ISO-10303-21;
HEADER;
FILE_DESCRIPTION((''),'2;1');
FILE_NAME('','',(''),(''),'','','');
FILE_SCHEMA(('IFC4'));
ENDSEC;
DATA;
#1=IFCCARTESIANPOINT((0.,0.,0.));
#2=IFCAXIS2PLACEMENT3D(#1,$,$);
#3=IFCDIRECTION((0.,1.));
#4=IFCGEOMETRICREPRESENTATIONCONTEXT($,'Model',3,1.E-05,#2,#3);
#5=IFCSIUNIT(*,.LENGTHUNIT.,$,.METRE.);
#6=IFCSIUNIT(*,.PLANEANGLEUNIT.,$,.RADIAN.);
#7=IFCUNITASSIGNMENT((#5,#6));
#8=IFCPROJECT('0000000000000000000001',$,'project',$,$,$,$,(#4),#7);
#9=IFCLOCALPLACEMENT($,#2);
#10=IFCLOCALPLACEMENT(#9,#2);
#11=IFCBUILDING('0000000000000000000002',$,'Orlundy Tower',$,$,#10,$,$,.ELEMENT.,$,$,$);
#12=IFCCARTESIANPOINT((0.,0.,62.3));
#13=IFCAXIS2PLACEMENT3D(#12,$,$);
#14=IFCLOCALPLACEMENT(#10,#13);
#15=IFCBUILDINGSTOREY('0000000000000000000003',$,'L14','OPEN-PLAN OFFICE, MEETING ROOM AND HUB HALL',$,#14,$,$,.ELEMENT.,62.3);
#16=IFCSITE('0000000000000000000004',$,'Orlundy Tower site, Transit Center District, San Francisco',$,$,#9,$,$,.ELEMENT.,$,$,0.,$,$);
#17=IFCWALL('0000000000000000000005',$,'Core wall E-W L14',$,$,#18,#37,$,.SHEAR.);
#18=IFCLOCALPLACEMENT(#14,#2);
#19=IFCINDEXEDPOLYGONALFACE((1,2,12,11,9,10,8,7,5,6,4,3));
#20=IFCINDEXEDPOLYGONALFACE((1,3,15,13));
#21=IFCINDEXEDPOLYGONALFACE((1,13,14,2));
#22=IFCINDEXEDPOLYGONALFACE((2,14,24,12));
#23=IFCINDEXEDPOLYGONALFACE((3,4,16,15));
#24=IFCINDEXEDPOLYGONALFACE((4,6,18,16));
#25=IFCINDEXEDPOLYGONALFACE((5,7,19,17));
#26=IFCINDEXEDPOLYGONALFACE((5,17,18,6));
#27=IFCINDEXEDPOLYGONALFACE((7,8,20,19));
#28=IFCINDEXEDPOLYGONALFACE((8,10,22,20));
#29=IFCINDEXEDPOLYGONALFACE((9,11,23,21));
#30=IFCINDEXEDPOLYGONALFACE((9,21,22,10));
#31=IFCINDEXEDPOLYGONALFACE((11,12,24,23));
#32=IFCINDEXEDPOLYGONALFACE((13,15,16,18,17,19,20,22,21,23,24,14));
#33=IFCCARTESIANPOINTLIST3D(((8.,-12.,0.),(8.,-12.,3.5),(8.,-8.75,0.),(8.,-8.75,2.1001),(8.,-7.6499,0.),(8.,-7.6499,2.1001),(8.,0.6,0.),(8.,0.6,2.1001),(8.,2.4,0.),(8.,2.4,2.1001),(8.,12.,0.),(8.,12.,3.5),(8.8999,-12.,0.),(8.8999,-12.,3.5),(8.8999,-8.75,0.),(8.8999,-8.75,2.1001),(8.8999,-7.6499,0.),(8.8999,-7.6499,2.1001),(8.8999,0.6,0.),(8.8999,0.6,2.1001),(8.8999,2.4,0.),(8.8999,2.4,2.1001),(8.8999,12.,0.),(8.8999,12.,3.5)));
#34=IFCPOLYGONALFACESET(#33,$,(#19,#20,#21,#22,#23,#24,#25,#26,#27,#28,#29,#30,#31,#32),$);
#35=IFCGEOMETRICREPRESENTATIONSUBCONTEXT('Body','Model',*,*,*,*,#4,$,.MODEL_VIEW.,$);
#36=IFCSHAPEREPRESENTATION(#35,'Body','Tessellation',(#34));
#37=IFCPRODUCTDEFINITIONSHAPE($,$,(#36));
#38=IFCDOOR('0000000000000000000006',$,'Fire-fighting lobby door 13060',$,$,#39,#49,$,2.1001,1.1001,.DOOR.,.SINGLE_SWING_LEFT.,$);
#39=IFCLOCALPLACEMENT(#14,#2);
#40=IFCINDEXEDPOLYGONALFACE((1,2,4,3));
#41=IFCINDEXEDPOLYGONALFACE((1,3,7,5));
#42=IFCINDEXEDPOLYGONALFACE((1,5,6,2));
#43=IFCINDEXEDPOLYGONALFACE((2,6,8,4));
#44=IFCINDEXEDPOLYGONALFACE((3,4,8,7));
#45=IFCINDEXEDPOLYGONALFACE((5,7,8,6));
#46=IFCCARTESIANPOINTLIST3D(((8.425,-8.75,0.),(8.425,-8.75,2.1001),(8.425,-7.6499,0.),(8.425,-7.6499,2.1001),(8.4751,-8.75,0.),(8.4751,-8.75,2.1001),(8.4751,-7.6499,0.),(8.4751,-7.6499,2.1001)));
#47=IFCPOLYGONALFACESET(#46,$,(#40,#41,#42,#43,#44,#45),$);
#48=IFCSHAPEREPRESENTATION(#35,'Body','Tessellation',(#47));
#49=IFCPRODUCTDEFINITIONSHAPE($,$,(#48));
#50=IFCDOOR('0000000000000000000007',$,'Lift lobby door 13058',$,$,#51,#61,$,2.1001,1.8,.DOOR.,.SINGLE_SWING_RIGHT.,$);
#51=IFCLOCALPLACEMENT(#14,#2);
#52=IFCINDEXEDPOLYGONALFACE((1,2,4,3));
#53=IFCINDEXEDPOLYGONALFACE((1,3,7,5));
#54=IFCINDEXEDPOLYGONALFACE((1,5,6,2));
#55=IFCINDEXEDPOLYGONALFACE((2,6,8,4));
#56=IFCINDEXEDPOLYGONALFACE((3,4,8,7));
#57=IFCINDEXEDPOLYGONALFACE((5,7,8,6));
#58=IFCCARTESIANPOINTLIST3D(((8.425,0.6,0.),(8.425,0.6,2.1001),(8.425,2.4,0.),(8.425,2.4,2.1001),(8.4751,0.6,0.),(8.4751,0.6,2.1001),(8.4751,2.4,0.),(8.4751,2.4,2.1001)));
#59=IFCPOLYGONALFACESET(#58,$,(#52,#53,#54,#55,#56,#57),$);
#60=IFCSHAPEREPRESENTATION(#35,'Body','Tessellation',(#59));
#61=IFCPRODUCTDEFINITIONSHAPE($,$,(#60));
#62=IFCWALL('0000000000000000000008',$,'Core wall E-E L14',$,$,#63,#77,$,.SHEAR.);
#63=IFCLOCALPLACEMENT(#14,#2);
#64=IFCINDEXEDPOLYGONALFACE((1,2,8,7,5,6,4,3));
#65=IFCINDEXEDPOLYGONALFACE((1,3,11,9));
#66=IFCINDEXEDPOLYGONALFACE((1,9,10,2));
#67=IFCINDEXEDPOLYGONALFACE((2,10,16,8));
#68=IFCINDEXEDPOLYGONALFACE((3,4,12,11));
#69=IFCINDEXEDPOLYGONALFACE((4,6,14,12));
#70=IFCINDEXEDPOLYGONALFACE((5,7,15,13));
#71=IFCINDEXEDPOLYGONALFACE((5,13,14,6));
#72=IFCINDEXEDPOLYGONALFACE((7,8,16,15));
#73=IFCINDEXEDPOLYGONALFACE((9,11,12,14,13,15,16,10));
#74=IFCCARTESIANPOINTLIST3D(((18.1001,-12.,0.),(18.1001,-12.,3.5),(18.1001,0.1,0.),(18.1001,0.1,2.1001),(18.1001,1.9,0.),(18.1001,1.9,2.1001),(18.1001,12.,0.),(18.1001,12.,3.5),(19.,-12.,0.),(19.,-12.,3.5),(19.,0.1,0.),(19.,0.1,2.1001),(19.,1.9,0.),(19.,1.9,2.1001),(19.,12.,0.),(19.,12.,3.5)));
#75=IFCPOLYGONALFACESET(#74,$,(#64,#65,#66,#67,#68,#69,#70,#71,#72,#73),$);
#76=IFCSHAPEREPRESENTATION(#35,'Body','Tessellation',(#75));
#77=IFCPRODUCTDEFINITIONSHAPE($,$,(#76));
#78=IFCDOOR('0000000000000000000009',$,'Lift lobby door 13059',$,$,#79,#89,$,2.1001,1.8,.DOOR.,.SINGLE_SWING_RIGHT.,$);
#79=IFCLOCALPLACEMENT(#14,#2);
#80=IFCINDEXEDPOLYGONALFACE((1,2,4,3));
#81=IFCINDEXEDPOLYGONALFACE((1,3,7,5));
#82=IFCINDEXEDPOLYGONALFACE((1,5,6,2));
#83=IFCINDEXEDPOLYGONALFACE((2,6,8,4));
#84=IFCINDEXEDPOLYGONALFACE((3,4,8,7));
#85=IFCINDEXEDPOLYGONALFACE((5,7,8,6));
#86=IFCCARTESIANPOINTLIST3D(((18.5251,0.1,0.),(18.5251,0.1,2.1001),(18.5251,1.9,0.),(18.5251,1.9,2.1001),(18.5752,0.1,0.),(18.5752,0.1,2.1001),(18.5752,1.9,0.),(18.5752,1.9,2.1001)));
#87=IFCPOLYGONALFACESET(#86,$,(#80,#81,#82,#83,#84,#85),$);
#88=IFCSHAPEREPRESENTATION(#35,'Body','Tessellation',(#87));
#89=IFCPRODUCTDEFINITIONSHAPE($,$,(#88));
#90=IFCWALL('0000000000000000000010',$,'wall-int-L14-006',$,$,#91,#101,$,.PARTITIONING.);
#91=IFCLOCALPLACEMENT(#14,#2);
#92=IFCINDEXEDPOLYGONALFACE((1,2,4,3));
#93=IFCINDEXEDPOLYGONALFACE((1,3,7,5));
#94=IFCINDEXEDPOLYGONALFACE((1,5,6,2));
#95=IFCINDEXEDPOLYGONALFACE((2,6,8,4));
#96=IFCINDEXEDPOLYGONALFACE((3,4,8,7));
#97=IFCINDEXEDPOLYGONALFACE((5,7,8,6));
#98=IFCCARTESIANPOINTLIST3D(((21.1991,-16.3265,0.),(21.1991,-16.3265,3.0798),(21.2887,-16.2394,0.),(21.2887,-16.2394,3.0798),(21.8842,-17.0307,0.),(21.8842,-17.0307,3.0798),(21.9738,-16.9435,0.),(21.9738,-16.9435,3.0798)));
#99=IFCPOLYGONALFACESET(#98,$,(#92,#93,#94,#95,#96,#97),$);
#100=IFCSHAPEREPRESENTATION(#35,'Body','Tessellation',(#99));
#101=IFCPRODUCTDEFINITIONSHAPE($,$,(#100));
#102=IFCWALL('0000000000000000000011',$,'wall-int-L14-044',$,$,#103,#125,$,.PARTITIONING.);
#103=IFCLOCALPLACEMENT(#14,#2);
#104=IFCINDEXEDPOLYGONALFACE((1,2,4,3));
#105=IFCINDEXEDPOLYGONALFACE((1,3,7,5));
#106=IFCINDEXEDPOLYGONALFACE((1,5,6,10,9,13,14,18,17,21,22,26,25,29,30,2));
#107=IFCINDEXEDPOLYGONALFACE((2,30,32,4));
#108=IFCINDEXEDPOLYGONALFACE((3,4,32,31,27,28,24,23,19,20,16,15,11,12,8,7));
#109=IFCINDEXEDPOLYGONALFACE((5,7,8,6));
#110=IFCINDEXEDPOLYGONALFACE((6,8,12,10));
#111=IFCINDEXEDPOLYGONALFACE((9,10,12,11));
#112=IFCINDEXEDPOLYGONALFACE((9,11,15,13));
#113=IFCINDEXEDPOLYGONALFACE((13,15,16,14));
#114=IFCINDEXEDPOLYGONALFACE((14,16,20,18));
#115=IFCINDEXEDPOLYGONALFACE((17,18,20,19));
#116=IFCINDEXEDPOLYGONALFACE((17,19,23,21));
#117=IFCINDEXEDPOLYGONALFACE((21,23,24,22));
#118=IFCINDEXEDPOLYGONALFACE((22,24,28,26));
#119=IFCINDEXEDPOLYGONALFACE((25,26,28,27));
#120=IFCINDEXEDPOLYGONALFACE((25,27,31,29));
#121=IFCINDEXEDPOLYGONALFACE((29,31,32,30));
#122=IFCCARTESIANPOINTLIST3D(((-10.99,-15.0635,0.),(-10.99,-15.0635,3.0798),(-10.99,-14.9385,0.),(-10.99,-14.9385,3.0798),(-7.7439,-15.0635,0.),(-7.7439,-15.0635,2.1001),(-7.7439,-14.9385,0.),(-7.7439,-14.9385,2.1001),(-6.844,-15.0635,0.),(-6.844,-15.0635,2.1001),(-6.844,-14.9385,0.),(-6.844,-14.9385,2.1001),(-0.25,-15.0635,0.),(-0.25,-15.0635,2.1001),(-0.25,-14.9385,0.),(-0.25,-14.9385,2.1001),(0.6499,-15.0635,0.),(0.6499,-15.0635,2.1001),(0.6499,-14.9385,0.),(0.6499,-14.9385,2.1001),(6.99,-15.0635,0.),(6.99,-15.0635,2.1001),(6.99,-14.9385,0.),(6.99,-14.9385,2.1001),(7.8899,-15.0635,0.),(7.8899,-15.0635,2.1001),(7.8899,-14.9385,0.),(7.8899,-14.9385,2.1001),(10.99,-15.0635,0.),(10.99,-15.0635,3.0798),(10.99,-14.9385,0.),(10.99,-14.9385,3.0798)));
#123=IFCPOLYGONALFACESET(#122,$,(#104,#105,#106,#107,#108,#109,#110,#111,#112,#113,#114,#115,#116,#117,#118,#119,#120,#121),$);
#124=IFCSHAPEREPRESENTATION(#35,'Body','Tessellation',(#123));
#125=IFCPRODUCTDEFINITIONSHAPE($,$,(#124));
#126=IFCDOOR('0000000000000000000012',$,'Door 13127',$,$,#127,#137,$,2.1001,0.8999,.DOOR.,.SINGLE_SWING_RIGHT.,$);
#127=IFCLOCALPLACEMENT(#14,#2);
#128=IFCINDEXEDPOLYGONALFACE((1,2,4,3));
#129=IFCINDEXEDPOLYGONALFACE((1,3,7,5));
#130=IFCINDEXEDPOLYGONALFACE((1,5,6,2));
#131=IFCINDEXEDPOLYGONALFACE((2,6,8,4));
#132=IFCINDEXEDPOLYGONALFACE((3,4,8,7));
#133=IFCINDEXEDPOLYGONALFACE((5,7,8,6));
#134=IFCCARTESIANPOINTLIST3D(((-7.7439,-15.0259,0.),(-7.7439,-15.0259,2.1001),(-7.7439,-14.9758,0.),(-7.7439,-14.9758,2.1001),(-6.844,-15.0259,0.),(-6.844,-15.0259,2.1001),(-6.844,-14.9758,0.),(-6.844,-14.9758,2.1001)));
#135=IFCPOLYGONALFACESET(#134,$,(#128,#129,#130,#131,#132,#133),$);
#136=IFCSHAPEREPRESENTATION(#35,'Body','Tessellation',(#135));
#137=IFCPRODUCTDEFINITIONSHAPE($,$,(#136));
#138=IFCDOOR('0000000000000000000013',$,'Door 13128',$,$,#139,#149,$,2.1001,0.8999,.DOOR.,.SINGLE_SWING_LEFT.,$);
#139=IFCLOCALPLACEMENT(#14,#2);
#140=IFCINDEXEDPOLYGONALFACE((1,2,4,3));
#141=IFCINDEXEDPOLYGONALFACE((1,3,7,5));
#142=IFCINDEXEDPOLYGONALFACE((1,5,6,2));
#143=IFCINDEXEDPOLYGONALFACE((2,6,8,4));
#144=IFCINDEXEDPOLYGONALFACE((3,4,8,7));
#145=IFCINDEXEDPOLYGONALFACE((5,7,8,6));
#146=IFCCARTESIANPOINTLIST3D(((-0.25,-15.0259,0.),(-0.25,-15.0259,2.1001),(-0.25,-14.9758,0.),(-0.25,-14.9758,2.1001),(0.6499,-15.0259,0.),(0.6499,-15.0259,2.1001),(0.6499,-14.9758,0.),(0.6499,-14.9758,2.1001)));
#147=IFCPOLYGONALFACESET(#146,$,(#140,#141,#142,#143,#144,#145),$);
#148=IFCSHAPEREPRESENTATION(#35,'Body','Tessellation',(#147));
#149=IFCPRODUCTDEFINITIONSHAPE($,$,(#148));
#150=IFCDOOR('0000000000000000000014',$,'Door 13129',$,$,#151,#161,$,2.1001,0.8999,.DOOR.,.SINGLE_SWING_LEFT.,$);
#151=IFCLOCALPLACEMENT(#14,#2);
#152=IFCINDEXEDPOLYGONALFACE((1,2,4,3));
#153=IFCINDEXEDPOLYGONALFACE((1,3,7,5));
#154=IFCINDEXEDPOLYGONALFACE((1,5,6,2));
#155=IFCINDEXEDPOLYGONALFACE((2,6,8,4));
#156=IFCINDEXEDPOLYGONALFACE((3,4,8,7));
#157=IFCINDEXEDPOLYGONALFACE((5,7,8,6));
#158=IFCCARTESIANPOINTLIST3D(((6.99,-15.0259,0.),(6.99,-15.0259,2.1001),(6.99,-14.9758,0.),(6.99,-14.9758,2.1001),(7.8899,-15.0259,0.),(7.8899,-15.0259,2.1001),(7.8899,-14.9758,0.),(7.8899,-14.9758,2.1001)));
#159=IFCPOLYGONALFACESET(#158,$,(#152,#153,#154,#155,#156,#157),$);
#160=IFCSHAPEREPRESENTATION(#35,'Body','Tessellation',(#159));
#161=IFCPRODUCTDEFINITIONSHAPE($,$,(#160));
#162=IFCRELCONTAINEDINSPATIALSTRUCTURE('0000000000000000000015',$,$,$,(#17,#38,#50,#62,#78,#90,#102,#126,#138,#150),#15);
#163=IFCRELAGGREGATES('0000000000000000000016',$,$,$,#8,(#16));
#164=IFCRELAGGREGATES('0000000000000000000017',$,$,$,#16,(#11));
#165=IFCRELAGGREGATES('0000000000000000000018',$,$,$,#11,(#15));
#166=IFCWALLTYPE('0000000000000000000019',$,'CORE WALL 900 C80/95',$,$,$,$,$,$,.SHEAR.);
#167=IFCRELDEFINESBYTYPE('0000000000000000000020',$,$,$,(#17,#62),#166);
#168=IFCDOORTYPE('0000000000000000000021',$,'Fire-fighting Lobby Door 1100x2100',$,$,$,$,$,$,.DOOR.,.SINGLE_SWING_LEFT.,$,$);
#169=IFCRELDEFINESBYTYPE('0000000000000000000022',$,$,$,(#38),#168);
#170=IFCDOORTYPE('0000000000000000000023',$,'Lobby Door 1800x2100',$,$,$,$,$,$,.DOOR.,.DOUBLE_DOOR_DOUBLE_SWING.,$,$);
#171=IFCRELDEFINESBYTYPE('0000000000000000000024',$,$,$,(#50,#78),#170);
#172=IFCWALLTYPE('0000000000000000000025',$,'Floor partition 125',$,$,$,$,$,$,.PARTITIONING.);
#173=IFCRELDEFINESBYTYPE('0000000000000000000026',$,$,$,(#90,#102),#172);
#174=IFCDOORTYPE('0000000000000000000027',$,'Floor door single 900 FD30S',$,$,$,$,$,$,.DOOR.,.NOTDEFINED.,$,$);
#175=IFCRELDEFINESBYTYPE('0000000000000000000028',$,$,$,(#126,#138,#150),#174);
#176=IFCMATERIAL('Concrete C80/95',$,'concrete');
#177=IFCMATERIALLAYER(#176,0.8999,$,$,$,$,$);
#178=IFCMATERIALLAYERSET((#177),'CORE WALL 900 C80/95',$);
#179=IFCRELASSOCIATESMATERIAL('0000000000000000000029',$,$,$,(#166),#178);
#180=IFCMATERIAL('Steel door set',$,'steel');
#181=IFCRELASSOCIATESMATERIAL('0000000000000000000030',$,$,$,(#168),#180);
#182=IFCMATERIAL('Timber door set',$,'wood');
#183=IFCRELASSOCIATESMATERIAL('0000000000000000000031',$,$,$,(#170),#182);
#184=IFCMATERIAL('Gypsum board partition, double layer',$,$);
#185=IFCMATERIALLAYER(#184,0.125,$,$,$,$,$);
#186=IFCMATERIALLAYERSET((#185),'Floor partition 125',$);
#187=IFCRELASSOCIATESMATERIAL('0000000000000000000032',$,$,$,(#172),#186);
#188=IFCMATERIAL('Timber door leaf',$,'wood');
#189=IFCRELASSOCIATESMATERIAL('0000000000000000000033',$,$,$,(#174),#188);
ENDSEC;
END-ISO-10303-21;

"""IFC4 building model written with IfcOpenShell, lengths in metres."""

from ifc_helpers import new_model, si_unit, direction, frame, frame_2d, origin, place, context, subcontext, project, spatial, rectangle, extrude, material, layer, layer_set, type_object, element, fill, save


model = new_model("IFC4")

# Units and contexts
model_context = context("Model", 3, precision=1e-05, world=origin(), true_north=direction((0.0, 1.0)))
body_context = subcontext(model_context, "Body", "Model", "MODEL_VIEW")
ifc_project = project(units=[si_unit("LENGTHUNIT", "METRE"), si_unit("PLANEANGLEUNIT", "RADIAN")], contexts=[model_context])

# Site, building, storey
site_placement = place(None, origin())
site = spatial("IfcSite", under=ifc_project, at=site_placement, Name="Orlundy Tower site, Transit Center District, San Francisco", CompositionType="ELEMENT", RefElevation=0.0)
building_placement = place(site_placement, origin())
building = spatial("IfcBuilding", under=site, at=building_placement, Name="Orlundy Tower", CompositionType="ELEMENT")
storey_placement = place(building_placement, frame((0.0, 0.0, 62.3)))
storey = spatial("IfcBuildingStorey", under=building, at=storey_placement, Name="L14", Description="OPEN-PLAN OFFICE, MEETING ROOM AND HUB HALL", CompositionType="ELEMENT", Elevation=62.3)

# Shared definitions
ifc_material_1 = material(Name="Concrete C80/95", Category="concrete")
ifc_layer_1 = layer(ifc_material_1, 0.8999)
ifc_layer_set_1 = layer_set([ifc_layer_1], Name="CORE WALL 900 C80/95")
wall_type_1 = type_object("IfcWallType", Name="CORE WALL 900 C80/95", PredefinedType="SHEAR", material=ifc_layer_set_1)

# Wall, openings, doors
wall_1_placement = place(storey_placement, frame((8.45, -12.0, 0.0), z_axis=(0.0, 0.0, 1.0), x_axis=(0.0, 1.0, 0.0)))
wall_1 = element("IfcWall", 1, at=wall_1_placement, inside=storey, type_object=wall_type_1, Name="Core wall E-W L14", PredefinedType="SHEAR", context=body_context, shape_type="SweptSolid", body=[
    extrude(rectangle(XDim=24.0, YDim=0.8999, at=frame_2d((12.0, 0.0))), origin(), (0.0, 0.0, 1.0), 3.5),
])
opening_1_placement = place(wall_1_placement, frame((12.6001, 0.0, 0.0)))
opening_1 = element("IfcOpeningElement", 2, at=opening_1_placement, cuts=wall_1, PredefinedType="OPENING", context=body_context, shape_type="SweptSolid", body=[
    extrude(rectangle(XDim=1.8, YDim=2.1001, at=frame_2d((0.8999, 1.05))), frame((0.0, 0.46, 0.0), z_axis=(0.0, -1.0, 0.0), x_axis=(1.0, 0.0, 0.0)), (0.0, 0.0, 1.0), 0.9199),
])
opening_2_placement = place(wall_1_placement, frame((3.25, 0.0, 0.0)))
opening_2 = element("IfcOpeningElement", 3, at=opening_2_placement, cuts=wall_1, PredefinedType="OPENING", context=body_context, shape_type="SweptSolid", body=[
    extrude(rectangle(XDim=1.1001, YDim=2.1001, at=frame_2d((0.55, 1.05))), frame((0.0, 0.46, 0.0), z_axis=(0.0, -1.0, 0.0), x_axis=(1.0, 0.0, 0.0)), (0.0, 0.0, 1.0), 0.9199),
])
ifc_material_2 = material(Name="Steel door set", Category="steel")
door_type_1 = type_object("IfcDoorType", Name="Fire-fighting Lobby Door 1100x2100", OperationType="SINGLE_SWING_LEFT", PredefinedType="DOOR", material=ifc_material_2)
door_1_placement = place(opening_2_placement, origin())
door_1 = element("IfcDoor", 4, at=door_1_placement, inside=storey, type_object=door_type_1, Name="Fire-fighting lobby door 13060", OperationType="SINGLE_SWING_LEFT", OverallHeight=2.1001, OverallWidth=1.1001, PredefinedType="DOOR", context=body_context, shape_type="SweptSolid", body=[
    extrude(rectangle(XDim=1.1001, YDim=2.1001, at=frame_2d((0.55, 1.05))), frame((0.0, 0.0249, 0.0), z_axis=(0.0, -1.0, 0.0), x_axis=(1.0, 0.0, 0.0)), (0.0, 0.0, 1.0), 0.05),
])
fill(opening_2, door_1)
ifc_material_3 = material(Name="Timber door set", Category="wood")
door_type_2 = type_object("IfcDoorType", Name="Lobby Door 1800x2100", OperationType="DOUBLE_DOOR_DOUBLE_SWING", PredefinedType="DOOR", material=ifc_material_3)
door_2_placement = place(opening_1_placement, origin())
door_2 = element("IfcDoor", 5, at=door_2_placement, inside=storey, type_object=door_type_2, Name="Lift lobby door 13058", OperationType="SINGLE_SWING_RIGHT", OverallHeight=2.1001, OverallWidth=1.8, PredefinedType="DOOR", context=body_context, shape_type="SweptSolid", body=[
    extrude(rectangle(XDim=1.8, YDim=2.1001, at=frame_2d((0.8999, 1.05))), frame((0.0, 0.0249, 0.0), z_axis=(0.0, -1.0, 0.0), x_axis=(1.0, 0.0, 0.0)), (0.0, 0.0, 1.0), 0.05),
])
fill(opening_1, door_2)

# Wall, opening, door
wall_2_placement = place(storey_placement, frame((18.55, -12.0, 0.0), z_axis=(0.0, 0.0, 1.0), x_axis=(0.0, 1.0, 0.0)))
wall_2 = element("IfcWall", 6, at=wall_2_placement, inside=storey, type_object=wall_type_1, Name="Core wall E-E L14", PredefinedType="SHEAR", context=body_context, shape_type="SweptSolid", body=[
    extrude(rectangle(XDim=24.0, YDim=0.8999, at=frame_2d((12.0, 0.0))), origin(), (0.0, 0.0, 1.0), 3.5),
])
opening_3_placement = place(wall_2_placement, frame((12.1001, 0.0, 0.0)))
opening_3 = element("IfcOpeningElement", 7, at=opening_3_placement, cuts=wall_2, PredefinedType="OPENING", context=body_context, shape_type="SweptSolid", body=[
    extrude(rectangle(XDim=1.8, YDim=2.1001, at=frame_2d((0.8999, 1.05))), frame((0.0, 0.46, 0.0), z_axis=(0.0, -1.0, 0.0), x_axis=(1.0, 0.0, 0.0)), (0.0, 0.0, 1.0), 0.9199),
])
door_3_placement = place(opening_3_placement, origin())
door_3 = element("IfcDoor", 8, at=door_3_placement, inside=storey, type_object=door_type_2, Name="Lift lobby door 13059", OperationType="SINGLE_SWING_RIGHT", OverallHeight=2.1001, OverallWidth=1.8, PredefinedType="DOOR", context=body_context, shape_type="SweptSolid", body=[
    extrude(rectangle(XDim=1.8, YDim=2.1001, at=frame_2d((0.8999, 1.05))), frame((0.0, 0.0249, 0.0), z_axis=(0.0, -1.0, 0.0), x_axis=(1.0, 0.0, 0.0)), (0.0, 0.0, 1.0), 0.05),
])
fill(opening_3, door_3)

# Wall
ifc_material_4 = material(Name="Gypsum board partition, double layer")
ifc_layer_2 = layer(ifc_material_4, 0.125)
ifc_layer_set_2 = layer_set([ifc_layer_2], Name="Floor partition 125")
wall_type_2 = type_object("IfcWallType", Name="Floor partition 125", PredefinedType="PARTITIONING", material=ifc_layer_set_2)
wall_3_placement = place(storey_placement, frame((21.2439, -16.283, 0.0), z_axis=(0.0, 0.0, 1.0), x_axis=(0.697348, -0.716733, 0.0)))
element("IfcWall", 9, at=wall_3_placement, inside=storey, type_object=wall_type_2, Name="wall-int-L14-006", PredefinedType="PARTITIONING", context=body_context, shape_type="SweptSolid", body=[
    extrude(rectangle(XDim=0.9824, YDim=0.125, at=frame_2d((0.4912, 0.0))), origin(), (0.0, 0.0, 1.0), 3.0798),
])

# Wall, openings, doors
wall_4_placement = place(storey_placement, frame((10.99, -15.001, 0.0), z_axis=(0.0, 0.0, 1.0), x_axis=(-1.0, 0.0, 0.0)))
wall_4 = element("IfcWall", 10, at=wall_4_placement, inside=storey, type_object=wall_type_2, Name="wall-int-L14-044", PredefinedType="PARTITIONING", context=body_context, shape_type="SweptSolid", body=[
    extrude(rectangle(XDim=21.98, YDim=0.125, at=frame_2d((10.99, 0.0))), origin(), (0.0, 0.0, 1.0), 3.0798),
])
opening_4_placement = place(wall_4_placement, frame((17.834, 0.0, 0.0)))
opening_4 = element("IfcOpeningElement", 11, at=opening_4_placement, cuts=wall_4, PredefinedType="OPENING", context=body_context, shape_type="SweptSolid", body=[
    extrude(rectangle(XDim=0.8999, YDim=2.1001, at=frame_2d((0.45, 1.05))), frame((0.0, 0.0725, 0.0), z_axis=(0.0, -1.0, 0.0), x_axis=(1.0, 0.0, 0.0)), (0.0, 0.0, 1.0), 0.145),
])
opening_5_placement = place(wall_4_placement, frame((10.3401, 0.0, 0.0)))
opening_5 = element("IfcOpeningElement", 12, at=opening_5_placement, cuts=wall_4, PredefinedType="OPENING", context=body_context, shape_type="SweptSolid", body=[
    extrude(rectangle(XDim=0.8999, YDim=2.1001, at=frame_2d((0.45, 1.05))), frame((0.0, 0.0725, 0.0), z_axis=(0.0, -1.0, 0.0), x_axis=(1.0, 0.0, 0.0)), (0.0, 0.0, 1.0), 0.145),
])
opening_6_placement = place(wall_4_placement, frame((3.1001, 0.0, 0.0)))
opening_6 = element("IfcOpeningElement", 13, at=opening_6_placement, cuts=wall_4, PredefinedType="OPENING", context=body_context, shape_type="SweptSolid", body=[
    extrude(rectangle(XDim=0.8999, YDim=2.1001, at=frame_2d((0.45, 1.05))), frame((0.0, 0.0725, 0.0), z_axis=(0.0, -1.0, 0.0), x_axis=(1.0, 0.0, 0.0)), (0.0, 0.0, 1.0), 0.145),
])
ifc_material_5 = material(Name="Timber door leaf", Category="wood")
door_type_3 = type_object("IfcDoorType", Name="Floor door single 900 FD30S", OperationType="NOTDEFINED", PredefinedType="DOOR", material=ifc_material_5)
door_4_placement = place(opening_4_placement, origin())
door_4 = element("IfcDoor", 14, at=door_4_placement, inside=storey, type_object=door_type_3, Name="Door 13127", OperationType="SINGLE_SWING_RIGHT", OverallHeight=2.1001, OverallWidth=0.8999, PredefinedType="DOOR", context=body_context, shape_type="SweptSolid", body=[
    extrude(rectangle(XDim=0.8999, YDim=2.1001, at=frame_2d((0.45, 1.05))), frame((0.0, 0.0249, 0.0), z_axis=(0.0, -1.0, 0.0), x_axis=(1.0, 0.0, 0.0)), (0.0, 0.0, 1.0), 0.05),
])
fill(opening_4, door_4)
door_5_placement = place(opening_5_placement, origin())
door_5 = element("IfcDoor", 15, at=door_5_placement, inside=storey, type_object=door_type_3, Name="Door 13128", OperationType="SINGLE_SWING_LEFT", OverallHeight=2.1001, OverallWidth=0.8999, PredefinedType="DOOR", context=body_context, shape_type="SweptSolid", body=[
    extrude(rectangle(XDim=0.8999, YDim=2.1001, at=frame_2d((0.45, 1.05))), frame((0.0, 0.0249, 0.0), z_axis=(0.0, -1.0, 0.0), x_axis=(1.0, 0.0, 0.0)), (0.0, 0.0, 1.0), 0.05),
])
fill(opening_5, door_5)
door_6_placement = place(opening_6_placement, origin())
door_6 = element("IfcDoor", 16, at=door_6_placement, inside=storey, type_object=door_type_3, Name="Door 13129", OperationType="SINGLE_SWING_LEFT", OverallHeight=2.1001, OverallWidth=0.8999, PredefinedType="DOOR", context=body_context, shape_type="SweptSolid", body=[
    extrude(rectangle(XDim=0.8999, YDim=2.1001, at=frame_2d((0.45, 1.05))), frame((0.0, 0.0249, 0.0), z_axis=(0.0, -1.0, 0.0), x_axis=(1.0, 0.0, 0.0)), (0.0, 0.0, 1.0), 0.05),
])
fill(opening_6, door_6)

save(model, "model.ifc")
